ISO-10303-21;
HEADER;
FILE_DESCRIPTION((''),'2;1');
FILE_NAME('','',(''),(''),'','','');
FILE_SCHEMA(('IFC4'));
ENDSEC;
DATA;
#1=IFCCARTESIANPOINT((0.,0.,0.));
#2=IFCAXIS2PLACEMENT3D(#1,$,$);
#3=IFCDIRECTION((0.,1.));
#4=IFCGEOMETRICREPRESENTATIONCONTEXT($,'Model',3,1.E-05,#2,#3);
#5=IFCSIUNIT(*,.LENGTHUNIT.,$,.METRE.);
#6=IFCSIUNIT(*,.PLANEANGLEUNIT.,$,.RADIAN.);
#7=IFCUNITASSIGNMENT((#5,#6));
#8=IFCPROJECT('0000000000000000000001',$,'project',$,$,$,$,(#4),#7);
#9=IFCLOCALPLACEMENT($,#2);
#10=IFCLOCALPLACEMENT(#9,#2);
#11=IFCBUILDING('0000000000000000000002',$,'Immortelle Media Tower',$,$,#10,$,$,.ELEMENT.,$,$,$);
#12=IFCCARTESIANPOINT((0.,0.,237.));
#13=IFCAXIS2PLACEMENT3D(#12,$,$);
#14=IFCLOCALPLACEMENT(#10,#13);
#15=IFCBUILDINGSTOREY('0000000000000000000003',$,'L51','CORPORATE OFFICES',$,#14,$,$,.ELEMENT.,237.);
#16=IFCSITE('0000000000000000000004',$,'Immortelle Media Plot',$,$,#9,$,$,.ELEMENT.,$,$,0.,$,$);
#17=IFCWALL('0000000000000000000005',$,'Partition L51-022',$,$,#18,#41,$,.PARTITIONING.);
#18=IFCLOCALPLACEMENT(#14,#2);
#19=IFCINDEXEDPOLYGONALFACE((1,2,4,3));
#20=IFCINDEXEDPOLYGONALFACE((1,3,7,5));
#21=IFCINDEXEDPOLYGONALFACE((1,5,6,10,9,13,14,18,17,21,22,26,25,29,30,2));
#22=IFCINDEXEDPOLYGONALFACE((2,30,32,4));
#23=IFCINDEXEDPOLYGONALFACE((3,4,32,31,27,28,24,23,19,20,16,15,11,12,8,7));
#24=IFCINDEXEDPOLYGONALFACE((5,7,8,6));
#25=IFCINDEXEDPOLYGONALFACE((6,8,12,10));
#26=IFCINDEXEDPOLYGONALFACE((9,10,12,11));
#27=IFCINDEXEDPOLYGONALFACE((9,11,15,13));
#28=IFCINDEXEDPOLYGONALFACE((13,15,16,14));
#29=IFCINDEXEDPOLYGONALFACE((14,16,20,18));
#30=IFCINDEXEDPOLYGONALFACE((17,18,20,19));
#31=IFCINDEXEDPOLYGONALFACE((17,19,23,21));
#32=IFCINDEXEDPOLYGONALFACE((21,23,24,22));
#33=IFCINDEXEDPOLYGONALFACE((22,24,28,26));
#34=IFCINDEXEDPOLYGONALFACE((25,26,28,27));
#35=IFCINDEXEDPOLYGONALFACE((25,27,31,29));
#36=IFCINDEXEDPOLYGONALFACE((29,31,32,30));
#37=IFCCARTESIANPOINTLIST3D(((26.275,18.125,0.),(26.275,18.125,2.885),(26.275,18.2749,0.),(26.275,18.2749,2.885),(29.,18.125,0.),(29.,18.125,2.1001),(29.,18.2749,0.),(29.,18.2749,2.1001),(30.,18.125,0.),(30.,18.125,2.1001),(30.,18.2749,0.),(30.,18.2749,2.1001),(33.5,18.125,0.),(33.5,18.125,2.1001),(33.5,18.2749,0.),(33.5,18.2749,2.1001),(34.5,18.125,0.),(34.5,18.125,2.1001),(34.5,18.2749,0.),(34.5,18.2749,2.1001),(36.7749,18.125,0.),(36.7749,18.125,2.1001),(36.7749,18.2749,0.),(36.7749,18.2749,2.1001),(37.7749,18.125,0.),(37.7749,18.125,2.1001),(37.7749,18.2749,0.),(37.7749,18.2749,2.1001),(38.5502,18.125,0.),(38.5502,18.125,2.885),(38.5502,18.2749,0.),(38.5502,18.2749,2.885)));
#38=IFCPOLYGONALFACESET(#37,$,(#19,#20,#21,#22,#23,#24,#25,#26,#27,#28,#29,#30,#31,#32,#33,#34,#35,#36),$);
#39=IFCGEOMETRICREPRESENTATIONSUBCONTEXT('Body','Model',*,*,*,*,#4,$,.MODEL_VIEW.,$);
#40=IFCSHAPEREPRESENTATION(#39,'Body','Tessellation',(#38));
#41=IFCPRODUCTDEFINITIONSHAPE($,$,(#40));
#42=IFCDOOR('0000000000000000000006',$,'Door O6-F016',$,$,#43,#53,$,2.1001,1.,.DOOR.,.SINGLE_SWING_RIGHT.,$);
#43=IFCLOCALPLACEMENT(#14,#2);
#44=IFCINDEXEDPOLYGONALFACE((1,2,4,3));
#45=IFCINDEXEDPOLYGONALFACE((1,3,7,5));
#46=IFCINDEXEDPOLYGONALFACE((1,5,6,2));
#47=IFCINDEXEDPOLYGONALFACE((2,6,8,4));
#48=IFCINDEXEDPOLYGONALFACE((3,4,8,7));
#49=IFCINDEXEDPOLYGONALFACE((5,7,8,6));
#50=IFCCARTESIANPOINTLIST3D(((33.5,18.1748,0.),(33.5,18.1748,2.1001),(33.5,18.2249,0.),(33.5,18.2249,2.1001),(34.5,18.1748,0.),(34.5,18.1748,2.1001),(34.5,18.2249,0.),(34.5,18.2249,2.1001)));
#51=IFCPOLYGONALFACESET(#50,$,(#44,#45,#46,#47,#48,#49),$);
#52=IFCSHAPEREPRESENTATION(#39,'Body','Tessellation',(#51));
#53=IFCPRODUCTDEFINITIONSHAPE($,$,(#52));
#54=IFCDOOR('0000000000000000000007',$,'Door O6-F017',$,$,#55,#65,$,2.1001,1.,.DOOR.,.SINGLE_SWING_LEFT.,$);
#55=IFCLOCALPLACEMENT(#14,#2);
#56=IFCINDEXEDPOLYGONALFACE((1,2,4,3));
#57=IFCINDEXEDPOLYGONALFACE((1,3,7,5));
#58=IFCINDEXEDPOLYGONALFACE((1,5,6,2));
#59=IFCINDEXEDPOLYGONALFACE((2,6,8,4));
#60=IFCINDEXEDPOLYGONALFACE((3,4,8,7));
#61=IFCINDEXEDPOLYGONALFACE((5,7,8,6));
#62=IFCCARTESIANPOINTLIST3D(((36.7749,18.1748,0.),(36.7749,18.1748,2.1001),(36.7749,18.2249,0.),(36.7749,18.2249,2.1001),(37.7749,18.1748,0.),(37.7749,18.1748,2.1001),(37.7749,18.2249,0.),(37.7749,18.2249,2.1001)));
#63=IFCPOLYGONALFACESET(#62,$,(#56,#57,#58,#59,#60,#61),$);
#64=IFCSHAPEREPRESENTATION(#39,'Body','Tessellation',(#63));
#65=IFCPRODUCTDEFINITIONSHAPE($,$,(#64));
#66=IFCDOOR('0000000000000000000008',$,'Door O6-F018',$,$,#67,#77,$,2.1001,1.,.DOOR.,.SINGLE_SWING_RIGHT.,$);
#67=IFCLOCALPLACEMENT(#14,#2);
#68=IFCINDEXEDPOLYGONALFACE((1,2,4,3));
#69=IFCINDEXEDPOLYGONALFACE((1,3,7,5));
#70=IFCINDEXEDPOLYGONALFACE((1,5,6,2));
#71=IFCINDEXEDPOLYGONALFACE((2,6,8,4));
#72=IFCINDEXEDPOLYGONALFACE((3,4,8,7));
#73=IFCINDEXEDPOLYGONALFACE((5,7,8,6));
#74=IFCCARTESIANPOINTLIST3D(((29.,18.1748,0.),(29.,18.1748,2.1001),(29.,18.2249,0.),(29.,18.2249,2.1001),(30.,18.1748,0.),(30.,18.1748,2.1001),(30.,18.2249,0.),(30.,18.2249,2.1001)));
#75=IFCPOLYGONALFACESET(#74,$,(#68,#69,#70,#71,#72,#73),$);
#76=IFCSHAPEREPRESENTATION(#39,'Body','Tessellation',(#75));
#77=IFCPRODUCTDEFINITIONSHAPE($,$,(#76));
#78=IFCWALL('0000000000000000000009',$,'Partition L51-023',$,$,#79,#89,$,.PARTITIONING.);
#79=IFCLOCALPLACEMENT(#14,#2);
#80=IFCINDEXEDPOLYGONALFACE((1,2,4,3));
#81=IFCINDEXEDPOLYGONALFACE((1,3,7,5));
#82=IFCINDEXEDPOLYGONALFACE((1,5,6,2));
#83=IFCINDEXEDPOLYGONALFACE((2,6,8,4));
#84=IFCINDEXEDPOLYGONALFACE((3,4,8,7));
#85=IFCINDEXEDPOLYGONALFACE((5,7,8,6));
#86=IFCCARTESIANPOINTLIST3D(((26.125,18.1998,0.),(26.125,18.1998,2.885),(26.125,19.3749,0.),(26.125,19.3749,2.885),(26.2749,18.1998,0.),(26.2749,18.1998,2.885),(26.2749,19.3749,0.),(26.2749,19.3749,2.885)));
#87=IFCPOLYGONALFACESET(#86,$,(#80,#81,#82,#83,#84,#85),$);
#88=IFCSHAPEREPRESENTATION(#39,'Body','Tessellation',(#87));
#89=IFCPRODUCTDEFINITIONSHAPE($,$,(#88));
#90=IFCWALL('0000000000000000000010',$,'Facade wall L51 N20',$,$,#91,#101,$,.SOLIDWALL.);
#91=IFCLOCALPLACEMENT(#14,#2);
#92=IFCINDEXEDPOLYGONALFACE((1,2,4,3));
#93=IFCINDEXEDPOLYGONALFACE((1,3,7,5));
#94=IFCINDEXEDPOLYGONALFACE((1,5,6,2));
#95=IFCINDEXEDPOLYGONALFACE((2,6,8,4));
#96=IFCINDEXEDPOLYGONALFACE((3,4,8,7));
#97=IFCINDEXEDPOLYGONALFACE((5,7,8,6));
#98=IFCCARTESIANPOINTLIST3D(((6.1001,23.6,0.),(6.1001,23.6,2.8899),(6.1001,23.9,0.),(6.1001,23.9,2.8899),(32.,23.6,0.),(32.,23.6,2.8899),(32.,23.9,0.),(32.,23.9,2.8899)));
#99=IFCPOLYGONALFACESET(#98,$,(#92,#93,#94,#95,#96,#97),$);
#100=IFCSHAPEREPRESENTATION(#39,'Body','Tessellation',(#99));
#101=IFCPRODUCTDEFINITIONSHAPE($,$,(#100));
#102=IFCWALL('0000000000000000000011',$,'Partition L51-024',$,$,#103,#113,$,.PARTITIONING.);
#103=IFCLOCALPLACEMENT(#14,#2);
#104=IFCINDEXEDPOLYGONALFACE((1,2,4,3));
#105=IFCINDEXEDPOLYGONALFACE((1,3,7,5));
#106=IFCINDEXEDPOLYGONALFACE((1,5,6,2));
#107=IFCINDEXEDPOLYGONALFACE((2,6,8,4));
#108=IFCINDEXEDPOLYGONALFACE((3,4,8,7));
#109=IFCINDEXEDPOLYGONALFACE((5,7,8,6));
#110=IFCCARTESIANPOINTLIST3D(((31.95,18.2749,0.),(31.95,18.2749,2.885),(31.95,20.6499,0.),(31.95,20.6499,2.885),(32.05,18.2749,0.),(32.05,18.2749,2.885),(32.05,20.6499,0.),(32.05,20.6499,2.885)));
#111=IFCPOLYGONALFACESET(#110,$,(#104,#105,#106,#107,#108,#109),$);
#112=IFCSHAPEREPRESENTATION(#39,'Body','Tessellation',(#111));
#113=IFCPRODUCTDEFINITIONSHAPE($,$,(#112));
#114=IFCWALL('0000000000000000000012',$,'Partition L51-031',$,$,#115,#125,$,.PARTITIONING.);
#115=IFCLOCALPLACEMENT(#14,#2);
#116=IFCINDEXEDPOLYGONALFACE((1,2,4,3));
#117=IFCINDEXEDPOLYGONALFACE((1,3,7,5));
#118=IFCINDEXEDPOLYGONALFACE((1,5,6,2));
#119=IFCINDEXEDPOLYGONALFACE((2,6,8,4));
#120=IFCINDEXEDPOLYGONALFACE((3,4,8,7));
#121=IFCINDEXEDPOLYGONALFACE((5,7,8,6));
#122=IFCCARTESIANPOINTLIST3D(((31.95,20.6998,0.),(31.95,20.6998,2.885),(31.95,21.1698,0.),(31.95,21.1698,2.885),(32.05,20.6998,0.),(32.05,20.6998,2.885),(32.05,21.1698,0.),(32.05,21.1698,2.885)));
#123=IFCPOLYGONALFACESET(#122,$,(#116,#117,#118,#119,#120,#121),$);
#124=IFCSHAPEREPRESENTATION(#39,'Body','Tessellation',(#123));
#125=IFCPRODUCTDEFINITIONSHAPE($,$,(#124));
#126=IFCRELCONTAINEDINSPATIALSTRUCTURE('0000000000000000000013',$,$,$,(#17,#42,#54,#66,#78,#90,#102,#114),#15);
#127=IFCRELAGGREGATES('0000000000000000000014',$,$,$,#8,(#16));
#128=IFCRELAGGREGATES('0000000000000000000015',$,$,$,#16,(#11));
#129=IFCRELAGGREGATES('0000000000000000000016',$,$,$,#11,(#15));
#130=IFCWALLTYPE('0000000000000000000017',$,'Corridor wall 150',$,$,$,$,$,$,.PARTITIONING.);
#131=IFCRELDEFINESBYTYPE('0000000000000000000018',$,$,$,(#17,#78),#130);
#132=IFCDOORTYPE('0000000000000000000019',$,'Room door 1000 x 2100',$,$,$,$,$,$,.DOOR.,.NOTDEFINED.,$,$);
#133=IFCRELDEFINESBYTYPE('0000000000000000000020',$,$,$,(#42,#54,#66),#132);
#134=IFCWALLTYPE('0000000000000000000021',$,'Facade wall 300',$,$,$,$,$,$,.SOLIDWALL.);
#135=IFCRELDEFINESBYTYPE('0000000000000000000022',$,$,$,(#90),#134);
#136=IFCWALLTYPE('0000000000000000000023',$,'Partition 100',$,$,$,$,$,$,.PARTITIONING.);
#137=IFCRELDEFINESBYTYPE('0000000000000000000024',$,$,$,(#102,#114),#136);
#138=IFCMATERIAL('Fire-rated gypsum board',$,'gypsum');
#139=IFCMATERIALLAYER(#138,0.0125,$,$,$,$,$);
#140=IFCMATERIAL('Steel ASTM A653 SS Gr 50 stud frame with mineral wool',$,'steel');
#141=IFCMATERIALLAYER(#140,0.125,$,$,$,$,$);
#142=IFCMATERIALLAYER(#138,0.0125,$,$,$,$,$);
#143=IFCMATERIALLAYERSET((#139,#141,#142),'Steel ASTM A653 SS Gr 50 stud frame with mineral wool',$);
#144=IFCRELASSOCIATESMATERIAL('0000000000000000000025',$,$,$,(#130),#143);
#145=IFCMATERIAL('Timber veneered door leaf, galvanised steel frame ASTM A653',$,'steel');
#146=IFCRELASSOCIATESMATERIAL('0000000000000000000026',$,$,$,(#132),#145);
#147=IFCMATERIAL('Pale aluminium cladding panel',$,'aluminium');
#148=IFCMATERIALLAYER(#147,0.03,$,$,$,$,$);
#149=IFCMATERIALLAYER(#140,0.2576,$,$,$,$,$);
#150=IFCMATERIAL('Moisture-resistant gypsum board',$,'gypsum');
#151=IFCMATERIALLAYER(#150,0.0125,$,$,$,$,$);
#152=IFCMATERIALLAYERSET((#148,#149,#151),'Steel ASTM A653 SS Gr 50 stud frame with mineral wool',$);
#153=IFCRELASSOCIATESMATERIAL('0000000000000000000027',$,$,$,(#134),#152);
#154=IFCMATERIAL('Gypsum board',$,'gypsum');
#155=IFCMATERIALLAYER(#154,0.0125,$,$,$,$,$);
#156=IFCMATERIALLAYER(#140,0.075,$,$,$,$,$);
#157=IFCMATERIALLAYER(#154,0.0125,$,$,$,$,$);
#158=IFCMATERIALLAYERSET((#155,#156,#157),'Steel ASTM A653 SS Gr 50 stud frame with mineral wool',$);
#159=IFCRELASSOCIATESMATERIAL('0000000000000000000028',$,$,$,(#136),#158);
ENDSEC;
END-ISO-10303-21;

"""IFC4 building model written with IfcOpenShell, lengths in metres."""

from ifc_helpers import new_model, si_unit, direction, frame, frame_2d, origin, place, context, subcontext, project, spatial, rectangle, extrude, material, layer, layer_set, type_object, element, fill, save


model = new_model("IFC4")

# Units and contexts
model_context = context("Model", 3, precision=1e-05, world=origin(), true_north=direction((0.0, 1.0)))
body_context = subcontext(model_context, "Body", "Model", "MODEL_VIEW")
ifc_project = project(units=[si_unit("LENGTHUNIT", "METRE"), si_unit("PLANEANGLEUNIT", "RADIAN")], contexts=[model_context])

# Site, building, storey
site_placement = place(None, origin())
site = spatial("IfcSite", under=ifc_project, at=site_placement, Name="Immortelle Media Plot", CompositionType="ELEMENT", RefElevation=0.0)
building_placement = place(site_placement, origin())
building = spatial("IfcBuilding", under=site, at=building_placement, Name="Immortelle Media Tower", CompositionType="ELEMENT")
storey_placement = place(building_placement, frame((0.0, 0.0, 237.0)))
storey = spatial("IfcBuildingStorey", under=building, at=storey_placement, Name="L51", Description="CORPORATE OFFICES", CompositionType="ELEMENT", Elevation=237.0)

# Shared definitions
ifc_material_1 = material(Name="Fire-rated gypsum board", Category="gypsum")
ifc_material_2 = material(Name="Steel ASTM A653 SS Gr 50 stud frame with mineral wool", Category="steel")

# Wall, openings, doors
ifc_layer_1 = layer(ifc_material_1, 0.0125)
ifc_layer_2 = layer(ifc_material_2, 0.125)
ifc_layer_3 = layer(ifc_material_1, 0.0125)
ifc_layer_set_1 = layer_set([ifc_layer_1, ifc_layer_2, ifc_layer_3], Name="Steel ASTM A653 SS Gr 50 stud frame with mineral wool")
wall_type_1 = type_object("IfcWallType", Name="Corridor wall 150", PredefinedType="PARTITIONING", material=ifc_layer_set_1)
wall_1_placement = place(storey_placement, frame((26.2749, 18.2, 0.0), z_axis=(0.0, 0.0, 1.0), x_axis=(1.0, 0.0, 0.0)))
wall_1 = element("IfcWall", 1, at=wall_1_placement, inside=storey, type_object=wall_type_1, Name="Partition L51-022", PredefinedType="PARTITIONING", context=body_context, shape_type="SweptSolid", body=[
    extrude(rectangle(XDim=12.2751, YDim=0.1499, at=frame_2d((6.1377, 0.0))), origin(), (0.0, 0.0, 1.0), 2.885),
])
opening_1_placement = place(wall_1_placement, frame((7.2251, 0.0, 0.0)))
opening_1 = element("IfcOpeningElement", 2, at=opening_1_placement, cuts=wall_1, PredefinedType="OPENING", context=body_context, shape_type="SweptSolid", body=[
    extrude(rectangle(XDim=1.0, YDim=2.1001, at=frame_2d((0.5, 1.05))), frame((0.0, 0.085, 0.0), z_axis=(0.0, -1.0, 0.0), x_axis=(1.0, 0.0, 0.0)), (0.0, 0.0, 1.0), 0.1699),
])
opening_2_placement = place(wall_1_placement, frame((10.5, 0.0, 0.0)))
opening_2 = element("IfcOpeningElement", 3, at=opening_2_placement, cuts=wall_1, PredefinedType="OPENING", context=body_context, shape_type="SweptSolid", body=[
    extrude(rectangle(XDim=1.0, YDim=2.1001, at=frame_2d((0.5, 1.05))), frame((0.0, 0.085, 0.0), z_axis=(0.0, -1.0, 0.0), x_axis=(1.0, 0.0, 0.0)), (0.0, 0.0, 1.0), 0.1699),
])
opening_3_placement = place(wall_1_placement, frame((2.7251, 0.0, 0.0)))
opening_3 = element("IfcOpeningElement", 4, at=opening_3_placement, cuts=wall_1, PredefinedType="OPENING", context=body_context, shape_type="SweptSolid", body=[
    extrude(rectangle(XDim=1.0, YDim=2.1001, at=frame_2d((0.5, 1.05))), frame((0.0, 0.085, 0.0), z_axis=(0.0, -1.0, 0.0), x_axis=(1.0, 0.0, 0.0)), (0.0, 0.0, 1.0), 0.1699),
])
ifc_material_3 = material(Name="Timber veneered door leaf, galvanised steel frame ASTM A653", Category="steel")
door_type_1 = type_object("IfcDoorType", Name="Room door 1000 x 2100", OperationType="NOTDEFINED", PredefinedType="DOOR", material=ifc_material_3)
door_1_placement = place(opening_1_placement, origin())
door_1 = element("IfcDoor", 5, at=door_1_placement, inside=storey, type_object=door_type_1, Name="Door O6-F016", OperationType="SINGLE_SWING_RIGHT", OverallHeight=2.1001, OverallWidth=1.0, PredefinedType="DOOR", context=body_context, shape_type="SweptSolid", body=[
    extrude(rectangle(XDim=1.0, YDim=2.1001, at=frame_2d((0.5, 1.05))), frame((0.0, 0.0249, 0.0), z_axis=(0.0, -1.0, 0.0), x_axis=(1.0, 0.0, 0.0)), (0.0, 0.0, 1.0), 0.05),
])
fill(opening_1, door_1)
door_2_placement = place(opening_2_placement, origin())
door_2 = element("IfcDoor", 6, at=door_2_placement, inside=storey, type_object=door_type_1, Name="Door O6-F017", OperationType="SINGLE_SWING_LEFT", OverallHeight=2.1001, OverallWidth=1.0, PredefinedType="DOOR", context=body_context, shape_type="SweptSolid", body=[
    extrude(rectangle(XDim=1.0, YDim=2.1001, at=frame_2d((0.5, 1.05))), frame((0.0, 0.0249, 0.0), z_axis=(0.0, -1.0, 0.0), x_axis=(1.0, 0.0, 0.0)), (0.0, 0.0, 1.0), 0.05),
])
fill(opening_2, door_2)
door_3_placement = place(opening_3_placement, origin())
door_3 = element("IfcDoor", 7, at=door_3_placement, inside=storey, type_object=door_type_1, Name="Door O6-F018", OperationType="SINGLE_SWING_RIGHT", OverallHeight=2.1001, OverallWidth=1.0, PredefinedType="DOOR", context=body_context, shape_type="SweptSolid", body=[
    extrude(rectangle(XDim=1.0, YDim=2.1001, at=frame_2d((0.5, 1.05))), frame((0.0, 0.0249, 0.0), z_axis=(0.0, -1.0, 0.0), x_axis=(1.0, 0.0, 0.0)), (0.0, 0.0, 1.0), 0.05),
])
fill(opening_3, door_3)

# Walls
wall_2_placement = place(storey_placement, frame((26.2, 18.2, 0.0), z_axis=(0.0, 0.0, 1.0), x_axis=(0.0, 1.0, 0.0)))
element("IfcWall", 8, at=wall_2_placement, inside=storey, type_object=wall_type_1, Name="Partition L51-023", PredefinedType="PARTITIONING", context=body_context, shape_type="SweptSolid", body=[
    extrude(rectangle(XDim=1.175, YDim=0.1499, at=frame_2d((0.5874, 0.0))), origin(), (0.0, 0.0, 1.0), 2.885),
])
ifc_material_4 = material(Name="Pale aluminium cladding panel", Category="aluminium")
ifc_layer_4 = layer(ifc_material_4, 0.03)
ifc_layer_5 = layer(ifc_material_2, 0.2576)
ifc_material_5 = material(Name="Moisture-resistant gypsum board", Category="gypsum")
ifc_layer_6 = layer(ifc_material_5, 0.0125)
ifc_layer_set_2 = layer_set([ifc_layer_4, ifc_layer_5, ifc_layer_6], Name="Steel ASTM A653 SS Gr 50 stud frame with mineral wool")
wall_type_2 = type_object("IfcWallType", Name="Facade wall 300", PredefinedType="SOLIDWALL", material=ifc_layer_set_2)
wall_3_placement = place(storey_placement, frame((32.0, 23.75, 0.0), z_axis=(0.0, 0.0, 1.0), x_axis=(-1.0, 0.0, 0.0)))
element("IfcWall", 9, at=wall_3_placement, inside=storey, type_object=wall_type_2, Name="Facade wall L51 N20", PredefinedType="SOLIDWALL", context=body_context, shape_type="SweptSolid", body=[
    extrude(rectangle(XDim=25.8999, YDim=0.3, at=frame_2d((12.95, 0.0))), origin(), (0.0, 0.0, 1.0), 2.8899),
])
ifc_material_6 = material(Name="Gypsum board", Category="gypsum")
ifc_layer_7 = layer(ifc_material_6, 0.0125)
ifc_layer_8 = layer(ifc_material_2, 0.075)
ifc_layer_9 = layer(ifc_material_6, 0.0125)
ifc_layer_set_3 = layer_set([ifc_layer_7, ifc_layer_8, ifc_layer_9], Name="Steel ASTM A653 SS Gr 50 stud frame with mineral wool")
wall_type_3 = type_object("IfcWallType", Name="Partition 100", PredefinedType="PARTITIONING", material=ifc_layer_set_3)
wall_4_placement = place(storey_placement, frame((32.0, 18.2749, 0.0), z_axis=(0.0, 0.0, 1.0), x_axis=(0.0, 1.0, 0.0)))
element("IfcWall", 10, at=wall_4_placement, inside=storey, type_object=wall_type_3, Name="Partition L51-024", PredefinedType="PARTITIONING", context=body_context, shape_type="SweptSolid", body=[
    extrude(rectangle(XDim=2.375, YDim=0.1001, at=frame_2d((1.1875, 0.0))), origin(), (0.0, 0.0, 1.0), 2.885),
])
wall_5_placement = place(storey_placement, frame((32.0, 20.7, 0.0), z_axis=(0.0, 0.0, 1.0), x_axis=(0.0, 1.0, 0.0)))
element("IfcWall", 11, at=wall_5_placement, inside=storey, type_object=wall_type_3, Name="Partition L51-031", PredefinedType="PARTITIONING", context=body_context, shape_type="SweptSolid", body=[
    extrude(rectangle(XDim=0.47, YDim=0.1001, at=frame_2d((0.2349, 0.0))), origin(), (0.0, 0.0, 1.0), 2.885),
])

save(model, "model.ifc")
